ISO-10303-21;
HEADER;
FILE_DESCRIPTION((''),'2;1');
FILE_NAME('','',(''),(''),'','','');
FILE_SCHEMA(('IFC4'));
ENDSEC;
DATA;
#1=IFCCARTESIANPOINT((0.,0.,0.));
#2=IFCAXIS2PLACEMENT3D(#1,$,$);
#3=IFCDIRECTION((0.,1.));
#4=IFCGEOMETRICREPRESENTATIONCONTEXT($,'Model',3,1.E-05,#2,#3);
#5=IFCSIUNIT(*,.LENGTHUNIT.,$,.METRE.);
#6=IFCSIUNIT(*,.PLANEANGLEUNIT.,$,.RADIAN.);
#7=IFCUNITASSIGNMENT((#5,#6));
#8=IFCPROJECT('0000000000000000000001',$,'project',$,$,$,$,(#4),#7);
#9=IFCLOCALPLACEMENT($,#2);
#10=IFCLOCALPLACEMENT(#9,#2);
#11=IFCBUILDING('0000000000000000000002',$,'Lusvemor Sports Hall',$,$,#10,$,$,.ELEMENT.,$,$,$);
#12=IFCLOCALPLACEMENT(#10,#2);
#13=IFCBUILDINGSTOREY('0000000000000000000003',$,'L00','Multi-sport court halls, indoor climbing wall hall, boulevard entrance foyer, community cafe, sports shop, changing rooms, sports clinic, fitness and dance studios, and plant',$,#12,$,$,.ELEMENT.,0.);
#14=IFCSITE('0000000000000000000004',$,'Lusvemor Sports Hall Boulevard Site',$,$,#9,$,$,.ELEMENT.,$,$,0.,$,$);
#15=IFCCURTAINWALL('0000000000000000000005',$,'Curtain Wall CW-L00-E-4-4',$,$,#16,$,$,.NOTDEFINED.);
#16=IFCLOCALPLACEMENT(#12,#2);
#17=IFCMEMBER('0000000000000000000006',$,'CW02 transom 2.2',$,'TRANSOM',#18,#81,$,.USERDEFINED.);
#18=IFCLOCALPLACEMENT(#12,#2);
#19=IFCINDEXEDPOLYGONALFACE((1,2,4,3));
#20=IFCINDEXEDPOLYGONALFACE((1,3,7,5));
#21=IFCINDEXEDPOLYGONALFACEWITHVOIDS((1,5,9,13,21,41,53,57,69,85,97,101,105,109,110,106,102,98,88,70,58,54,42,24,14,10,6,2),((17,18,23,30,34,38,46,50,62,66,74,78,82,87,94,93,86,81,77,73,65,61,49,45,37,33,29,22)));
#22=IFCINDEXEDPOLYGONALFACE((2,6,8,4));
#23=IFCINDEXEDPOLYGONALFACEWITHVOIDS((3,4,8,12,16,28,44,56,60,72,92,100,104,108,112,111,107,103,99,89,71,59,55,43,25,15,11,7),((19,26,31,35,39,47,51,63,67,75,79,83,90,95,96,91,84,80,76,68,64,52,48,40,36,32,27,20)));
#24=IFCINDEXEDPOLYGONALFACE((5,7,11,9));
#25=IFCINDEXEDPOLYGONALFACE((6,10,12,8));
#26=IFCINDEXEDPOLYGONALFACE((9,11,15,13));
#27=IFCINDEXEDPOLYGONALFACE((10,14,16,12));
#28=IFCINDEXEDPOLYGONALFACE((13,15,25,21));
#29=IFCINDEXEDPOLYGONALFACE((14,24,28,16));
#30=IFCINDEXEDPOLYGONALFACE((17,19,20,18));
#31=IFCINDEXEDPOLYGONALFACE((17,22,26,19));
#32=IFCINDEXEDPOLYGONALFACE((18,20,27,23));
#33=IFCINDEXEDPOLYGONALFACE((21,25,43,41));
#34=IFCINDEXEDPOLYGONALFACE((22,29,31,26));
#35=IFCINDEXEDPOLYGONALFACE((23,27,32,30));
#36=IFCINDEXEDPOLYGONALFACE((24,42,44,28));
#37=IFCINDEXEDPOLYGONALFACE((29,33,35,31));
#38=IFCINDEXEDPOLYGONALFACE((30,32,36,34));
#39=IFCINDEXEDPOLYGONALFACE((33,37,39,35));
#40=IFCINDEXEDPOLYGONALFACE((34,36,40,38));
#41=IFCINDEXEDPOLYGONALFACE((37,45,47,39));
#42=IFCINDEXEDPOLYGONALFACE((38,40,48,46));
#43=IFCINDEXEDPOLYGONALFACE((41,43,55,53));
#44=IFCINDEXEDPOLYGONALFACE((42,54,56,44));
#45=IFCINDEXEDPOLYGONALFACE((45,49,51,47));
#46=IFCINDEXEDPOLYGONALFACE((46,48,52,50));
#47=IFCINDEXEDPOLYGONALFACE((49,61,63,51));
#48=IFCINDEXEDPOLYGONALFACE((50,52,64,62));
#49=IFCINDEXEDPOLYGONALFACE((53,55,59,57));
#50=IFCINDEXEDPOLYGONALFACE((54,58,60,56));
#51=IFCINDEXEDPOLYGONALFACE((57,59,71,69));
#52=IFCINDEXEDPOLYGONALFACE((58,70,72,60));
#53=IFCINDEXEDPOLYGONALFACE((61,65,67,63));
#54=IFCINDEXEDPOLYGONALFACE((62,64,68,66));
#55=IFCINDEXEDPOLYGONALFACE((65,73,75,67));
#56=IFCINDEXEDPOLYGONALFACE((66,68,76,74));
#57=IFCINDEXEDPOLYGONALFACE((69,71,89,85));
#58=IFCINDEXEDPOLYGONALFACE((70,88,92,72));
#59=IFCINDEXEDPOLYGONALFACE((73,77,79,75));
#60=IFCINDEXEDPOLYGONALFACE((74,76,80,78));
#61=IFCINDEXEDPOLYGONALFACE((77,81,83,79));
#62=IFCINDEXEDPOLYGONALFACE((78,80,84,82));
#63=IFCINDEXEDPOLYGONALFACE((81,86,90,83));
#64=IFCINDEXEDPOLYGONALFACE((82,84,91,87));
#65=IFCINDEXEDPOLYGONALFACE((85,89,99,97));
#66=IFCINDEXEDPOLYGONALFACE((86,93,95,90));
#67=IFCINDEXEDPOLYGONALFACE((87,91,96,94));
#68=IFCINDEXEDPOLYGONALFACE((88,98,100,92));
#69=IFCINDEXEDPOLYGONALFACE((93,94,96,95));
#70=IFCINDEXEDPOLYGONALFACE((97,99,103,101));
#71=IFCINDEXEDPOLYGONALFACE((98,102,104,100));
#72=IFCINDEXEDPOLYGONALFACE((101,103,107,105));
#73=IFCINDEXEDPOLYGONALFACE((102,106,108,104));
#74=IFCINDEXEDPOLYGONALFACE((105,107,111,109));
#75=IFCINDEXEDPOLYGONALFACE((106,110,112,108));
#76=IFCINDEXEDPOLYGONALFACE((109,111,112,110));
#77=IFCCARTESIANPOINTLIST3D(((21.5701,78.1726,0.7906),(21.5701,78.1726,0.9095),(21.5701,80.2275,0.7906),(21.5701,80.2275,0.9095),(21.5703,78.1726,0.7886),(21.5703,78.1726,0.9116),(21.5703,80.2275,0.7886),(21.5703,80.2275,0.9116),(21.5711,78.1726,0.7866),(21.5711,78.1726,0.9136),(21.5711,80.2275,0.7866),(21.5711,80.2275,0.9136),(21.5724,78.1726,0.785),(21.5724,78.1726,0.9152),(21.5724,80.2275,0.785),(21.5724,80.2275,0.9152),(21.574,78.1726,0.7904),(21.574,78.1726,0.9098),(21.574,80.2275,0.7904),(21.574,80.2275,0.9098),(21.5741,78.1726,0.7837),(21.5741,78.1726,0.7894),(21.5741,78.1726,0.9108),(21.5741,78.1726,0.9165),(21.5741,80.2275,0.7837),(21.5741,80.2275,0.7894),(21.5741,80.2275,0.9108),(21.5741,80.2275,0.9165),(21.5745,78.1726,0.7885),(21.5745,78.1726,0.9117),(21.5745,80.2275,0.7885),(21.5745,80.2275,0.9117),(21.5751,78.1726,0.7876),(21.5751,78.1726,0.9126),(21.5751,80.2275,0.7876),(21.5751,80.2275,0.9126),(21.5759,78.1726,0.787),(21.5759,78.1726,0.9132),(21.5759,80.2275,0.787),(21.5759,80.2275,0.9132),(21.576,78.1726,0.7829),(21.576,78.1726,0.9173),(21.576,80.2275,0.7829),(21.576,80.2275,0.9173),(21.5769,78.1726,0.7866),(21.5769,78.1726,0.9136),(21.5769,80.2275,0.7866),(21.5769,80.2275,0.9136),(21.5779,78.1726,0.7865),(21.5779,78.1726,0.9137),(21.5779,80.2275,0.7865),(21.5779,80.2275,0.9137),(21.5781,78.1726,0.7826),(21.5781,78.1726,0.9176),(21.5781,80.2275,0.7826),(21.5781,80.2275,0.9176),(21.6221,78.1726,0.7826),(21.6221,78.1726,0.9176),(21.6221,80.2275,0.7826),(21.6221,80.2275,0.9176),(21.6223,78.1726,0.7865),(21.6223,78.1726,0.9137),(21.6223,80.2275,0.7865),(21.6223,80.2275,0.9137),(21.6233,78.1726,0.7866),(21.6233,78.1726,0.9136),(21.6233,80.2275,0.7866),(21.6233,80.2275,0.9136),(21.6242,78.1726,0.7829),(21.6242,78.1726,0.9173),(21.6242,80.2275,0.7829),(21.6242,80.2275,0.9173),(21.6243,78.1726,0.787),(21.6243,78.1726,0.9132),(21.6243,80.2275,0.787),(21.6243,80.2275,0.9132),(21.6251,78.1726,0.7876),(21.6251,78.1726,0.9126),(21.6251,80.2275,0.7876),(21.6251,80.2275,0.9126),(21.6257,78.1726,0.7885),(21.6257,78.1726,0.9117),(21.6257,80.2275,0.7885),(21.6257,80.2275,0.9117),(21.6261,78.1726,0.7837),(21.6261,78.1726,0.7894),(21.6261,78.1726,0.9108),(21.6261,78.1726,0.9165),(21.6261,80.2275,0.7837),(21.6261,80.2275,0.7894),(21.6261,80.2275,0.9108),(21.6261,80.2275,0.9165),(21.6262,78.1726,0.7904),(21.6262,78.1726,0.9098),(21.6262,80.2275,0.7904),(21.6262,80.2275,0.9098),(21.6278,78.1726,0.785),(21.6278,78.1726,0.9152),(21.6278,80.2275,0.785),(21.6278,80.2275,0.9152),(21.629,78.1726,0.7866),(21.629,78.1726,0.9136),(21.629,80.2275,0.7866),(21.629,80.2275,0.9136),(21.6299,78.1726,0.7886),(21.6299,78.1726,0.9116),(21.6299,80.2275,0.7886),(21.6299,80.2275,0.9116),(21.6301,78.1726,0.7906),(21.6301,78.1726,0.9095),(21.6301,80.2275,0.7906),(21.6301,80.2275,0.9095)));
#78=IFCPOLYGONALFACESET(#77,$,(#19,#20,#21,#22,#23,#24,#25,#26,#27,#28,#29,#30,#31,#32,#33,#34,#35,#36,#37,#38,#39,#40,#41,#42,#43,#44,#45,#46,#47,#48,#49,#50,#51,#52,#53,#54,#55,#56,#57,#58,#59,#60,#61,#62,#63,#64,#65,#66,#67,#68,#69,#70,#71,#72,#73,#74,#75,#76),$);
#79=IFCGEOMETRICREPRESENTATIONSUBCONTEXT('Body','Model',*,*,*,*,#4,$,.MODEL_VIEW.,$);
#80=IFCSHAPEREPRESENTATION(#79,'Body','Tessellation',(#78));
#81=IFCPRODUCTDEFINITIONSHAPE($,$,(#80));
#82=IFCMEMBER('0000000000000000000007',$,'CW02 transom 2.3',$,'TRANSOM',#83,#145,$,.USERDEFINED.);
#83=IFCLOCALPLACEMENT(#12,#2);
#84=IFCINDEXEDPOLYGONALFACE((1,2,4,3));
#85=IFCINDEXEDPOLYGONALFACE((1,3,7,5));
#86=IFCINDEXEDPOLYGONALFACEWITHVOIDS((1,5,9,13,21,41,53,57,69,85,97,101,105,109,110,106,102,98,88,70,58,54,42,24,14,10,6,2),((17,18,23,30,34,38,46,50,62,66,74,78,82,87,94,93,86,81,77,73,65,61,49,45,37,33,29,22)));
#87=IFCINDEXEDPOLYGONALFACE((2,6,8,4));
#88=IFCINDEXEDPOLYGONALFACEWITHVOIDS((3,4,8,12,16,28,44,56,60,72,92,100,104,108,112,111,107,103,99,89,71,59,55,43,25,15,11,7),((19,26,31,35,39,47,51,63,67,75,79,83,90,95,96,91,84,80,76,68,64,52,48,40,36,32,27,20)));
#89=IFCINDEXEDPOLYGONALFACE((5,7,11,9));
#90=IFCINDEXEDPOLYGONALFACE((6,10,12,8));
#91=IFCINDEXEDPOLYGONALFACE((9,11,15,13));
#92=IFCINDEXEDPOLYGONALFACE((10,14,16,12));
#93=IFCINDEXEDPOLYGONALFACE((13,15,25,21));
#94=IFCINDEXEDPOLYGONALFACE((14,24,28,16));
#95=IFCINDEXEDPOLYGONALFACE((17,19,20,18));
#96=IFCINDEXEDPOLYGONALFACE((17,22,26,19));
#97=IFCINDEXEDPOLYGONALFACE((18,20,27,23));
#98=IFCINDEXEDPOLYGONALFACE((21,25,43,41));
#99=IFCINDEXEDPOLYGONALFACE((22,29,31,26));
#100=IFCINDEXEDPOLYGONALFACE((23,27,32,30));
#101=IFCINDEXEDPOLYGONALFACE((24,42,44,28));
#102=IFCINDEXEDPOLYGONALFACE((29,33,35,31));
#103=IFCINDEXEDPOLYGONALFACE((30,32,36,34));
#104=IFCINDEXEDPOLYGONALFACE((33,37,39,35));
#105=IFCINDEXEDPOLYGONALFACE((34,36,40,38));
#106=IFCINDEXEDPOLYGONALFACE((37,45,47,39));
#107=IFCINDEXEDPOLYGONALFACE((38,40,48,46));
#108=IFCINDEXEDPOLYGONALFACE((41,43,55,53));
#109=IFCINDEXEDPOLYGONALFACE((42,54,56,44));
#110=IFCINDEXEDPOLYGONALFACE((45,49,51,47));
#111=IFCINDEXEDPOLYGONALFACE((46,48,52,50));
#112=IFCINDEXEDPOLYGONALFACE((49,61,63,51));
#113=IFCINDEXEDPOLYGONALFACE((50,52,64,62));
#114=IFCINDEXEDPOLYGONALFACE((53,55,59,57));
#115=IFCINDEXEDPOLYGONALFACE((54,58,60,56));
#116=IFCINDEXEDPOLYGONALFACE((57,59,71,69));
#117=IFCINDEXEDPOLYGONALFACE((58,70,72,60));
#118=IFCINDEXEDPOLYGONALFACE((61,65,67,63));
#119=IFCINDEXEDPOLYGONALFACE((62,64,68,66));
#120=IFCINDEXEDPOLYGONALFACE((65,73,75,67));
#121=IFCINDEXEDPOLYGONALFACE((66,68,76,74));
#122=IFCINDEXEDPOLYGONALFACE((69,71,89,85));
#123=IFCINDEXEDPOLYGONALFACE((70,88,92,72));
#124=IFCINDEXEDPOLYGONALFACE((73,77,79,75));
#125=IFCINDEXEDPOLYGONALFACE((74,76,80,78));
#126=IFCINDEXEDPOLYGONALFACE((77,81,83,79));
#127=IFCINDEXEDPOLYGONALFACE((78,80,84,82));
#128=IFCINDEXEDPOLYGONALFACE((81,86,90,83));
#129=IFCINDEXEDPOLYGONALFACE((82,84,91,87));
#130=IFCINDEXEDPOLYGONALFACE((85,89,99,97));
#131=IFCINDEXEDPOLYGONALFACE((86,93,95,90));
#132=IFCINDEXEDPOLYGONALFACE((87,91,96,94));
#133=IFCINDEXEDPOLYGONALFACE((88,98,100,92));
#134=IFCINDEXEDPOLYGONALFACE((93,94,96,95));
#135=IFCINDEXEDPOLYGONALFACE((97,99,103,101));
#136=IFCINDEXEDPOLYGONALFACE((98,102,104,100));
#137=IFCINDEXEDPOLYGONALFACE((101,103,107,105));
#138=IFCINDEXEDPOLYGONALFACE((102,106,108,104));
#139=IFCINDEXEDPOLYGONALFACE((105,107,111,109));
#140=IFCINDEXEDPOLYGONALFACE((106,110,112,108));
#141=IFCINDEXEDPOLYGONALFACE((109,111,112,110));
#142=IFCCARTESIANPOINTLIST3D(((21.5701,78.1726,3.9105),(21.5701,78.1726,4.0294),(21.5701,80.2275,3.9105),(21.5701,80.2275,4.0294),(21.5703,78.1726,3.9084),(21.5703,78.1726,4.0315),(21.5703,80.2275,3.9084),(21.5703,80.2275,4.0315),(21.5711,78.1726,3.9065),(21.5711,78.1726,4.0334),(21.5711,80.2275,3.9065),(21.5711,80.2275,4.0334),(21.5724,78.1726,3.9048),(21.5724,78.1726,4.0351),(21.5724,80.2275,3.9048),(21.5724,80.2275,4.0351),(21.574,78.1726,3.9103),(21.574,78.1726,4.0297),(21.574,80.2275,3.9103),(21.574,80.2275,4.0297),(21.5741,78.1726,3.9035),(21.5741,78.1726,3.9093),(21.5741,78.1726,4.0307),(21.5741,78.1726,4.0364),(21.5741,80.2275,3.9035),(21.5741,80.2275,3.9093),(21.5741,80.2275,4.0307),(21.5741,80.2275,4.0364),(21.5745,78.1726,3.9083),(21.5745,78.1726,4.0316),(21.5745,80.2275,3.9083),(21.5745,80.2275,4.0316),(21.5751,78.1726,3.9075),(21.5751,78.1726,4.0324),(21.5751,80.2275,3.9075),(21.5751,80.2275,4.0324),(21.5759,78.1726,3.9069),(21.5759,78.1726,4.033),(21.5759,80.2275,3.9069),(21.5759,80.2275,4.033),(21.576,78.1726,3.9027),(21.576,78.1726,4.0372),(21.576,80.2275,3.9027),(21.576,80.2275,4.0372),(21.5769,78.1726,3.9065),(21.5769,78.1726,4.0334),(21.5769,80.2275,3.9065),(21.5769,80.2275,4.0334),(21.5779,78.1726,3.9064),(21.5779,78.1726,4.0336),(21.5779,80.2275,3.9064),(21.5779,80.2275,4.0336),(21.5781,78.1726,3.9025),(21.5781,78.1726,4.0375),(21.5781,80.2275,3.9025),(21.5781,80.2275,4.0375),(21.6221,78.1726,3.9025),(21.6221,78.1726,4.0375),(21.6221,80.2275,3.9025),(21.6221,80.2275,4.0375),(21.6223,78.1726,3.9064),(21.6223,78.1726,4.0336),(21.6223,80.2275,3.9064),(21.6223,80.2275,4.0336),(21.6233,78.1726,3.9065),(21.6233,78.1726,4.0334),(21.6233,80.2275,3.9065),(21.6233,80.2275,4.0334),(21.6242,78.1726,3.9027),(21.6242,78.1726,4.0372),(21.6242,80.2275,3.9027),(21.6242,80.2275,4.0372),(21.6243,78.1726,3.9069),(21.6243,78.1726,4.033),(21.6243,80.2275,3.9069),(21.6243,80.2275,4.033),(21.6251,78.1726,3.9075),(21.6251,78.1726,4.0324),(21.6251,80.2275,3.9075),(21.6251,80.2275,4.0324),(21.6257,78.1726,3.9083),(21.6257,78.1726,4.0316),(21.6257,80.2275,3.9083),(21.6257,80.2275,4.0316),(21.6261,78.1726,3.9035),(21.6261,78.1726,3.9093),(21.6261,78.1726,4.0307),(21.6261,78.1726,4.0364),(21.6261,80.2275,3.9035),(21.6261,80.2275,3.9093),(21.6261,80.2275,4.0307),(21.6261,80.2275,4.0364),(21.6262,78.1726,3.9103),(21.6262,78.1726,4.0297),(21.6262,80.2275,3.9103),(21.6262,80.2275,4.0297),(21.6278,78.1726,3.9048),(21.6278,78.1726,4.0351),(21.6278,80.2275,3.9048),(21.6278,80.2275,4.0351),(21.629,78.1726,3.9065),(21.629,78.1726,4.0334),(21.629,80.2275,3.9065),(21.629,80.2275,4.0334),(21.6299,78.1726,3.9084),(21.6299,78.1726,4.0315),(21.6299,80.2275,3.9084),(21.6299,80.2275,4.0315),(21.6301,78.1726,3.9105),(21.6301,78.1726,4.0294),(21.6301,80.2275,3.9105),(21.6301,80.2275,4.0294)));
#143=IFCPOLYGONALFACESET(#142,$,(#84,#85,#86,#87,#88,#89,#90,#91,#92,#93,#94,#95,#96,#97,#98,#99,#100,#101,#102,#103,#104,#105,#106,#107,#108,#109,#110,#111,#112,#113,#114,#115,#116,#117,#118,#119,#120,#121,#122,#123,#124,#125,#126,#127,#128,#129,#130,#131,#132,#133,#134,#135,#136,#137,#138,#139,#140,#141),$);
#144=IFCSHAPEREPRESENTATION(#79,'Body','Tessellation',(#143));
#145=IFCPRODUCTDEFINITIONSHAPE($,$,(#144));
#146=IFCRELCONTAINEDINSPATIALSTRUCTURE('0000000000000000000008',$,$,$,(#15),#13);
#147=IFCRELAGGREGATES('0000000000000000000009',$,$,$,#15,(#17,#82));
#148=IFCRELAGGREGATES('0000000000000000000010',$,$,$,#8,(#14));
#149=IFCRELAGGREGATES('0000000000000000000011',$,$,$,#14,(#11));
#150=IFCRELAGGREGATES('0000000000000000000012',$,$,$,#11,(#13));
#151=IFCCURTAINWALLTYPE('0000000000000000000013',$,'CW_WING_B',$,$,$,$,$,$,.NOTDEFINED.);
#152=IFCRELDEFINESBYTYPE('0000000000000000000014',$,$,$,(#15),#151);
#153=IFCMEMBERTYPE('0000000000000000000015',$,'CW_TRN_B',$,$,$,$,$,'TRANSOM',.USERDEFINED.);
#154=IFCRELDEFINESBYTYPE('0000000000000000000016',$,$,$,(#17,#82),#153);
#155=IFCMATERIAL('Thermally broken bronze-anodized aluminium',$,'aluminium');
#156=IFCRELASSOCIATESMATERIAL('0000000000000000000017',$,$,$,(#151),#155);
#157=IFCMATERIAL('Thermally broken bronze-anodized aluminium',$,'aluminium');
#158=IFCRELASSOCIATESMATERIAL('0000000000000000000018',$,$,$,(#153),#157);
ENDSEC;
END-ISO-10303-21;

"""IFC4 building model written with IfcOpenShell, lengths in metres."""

from ifc_helpers import new_model, si_unit, direction, frame, origin, origin_2d, place, context, subcontext, project, spatial, hollow_rectangle, extrude, material, material_profile, profile_set, type_object, element, aggregate, save


model = new_model("IFC4")

# Units and contexts
model_context = context("Model", 3, precision=1e-05, world=origin(), true_north=direction((0.0, 1.0)))
body_context = subcontext(model_context, "Body", "Model", "MODEL_VIEW")
ifc_project = project(units=[si_unit("LENGTHUNIT", "METRE"), si_unit("PLANEANGLEUNIT", "RADIAN")], contexts=[model_context])

# Site, building, storey
site_placement = place(None, origin())
site = spatial("IfcSite", under=ifc_project, at=site_placement, Name="Lusvemor Sports Hall Boulevard Site", CompositionType="ELEMENT", RefElevation=0.0)
building_placement = place(site_placement, origin())
building = spatial("IfcBuilding", under=site, at=building_placement, Name="Lusvemor Sports Hall", CompositionType="ELEMENT")
storey_placement = place(building_placement, origin())
storey = spatial("IfcBuildingStorey", under=building, at=storey_placement, Name="L00", Description="Multi-sport court halls, indoor climbing wall hall, boulevard entrance foyer, community cafe, sports shop, changing rooms, sports clinic, fitness and dance studios, and plant", CompositionType="ELEMENT", Elevation=0.0)

# Curtain wall, members
ifc_material_1 = material(Name="Thermally broken bronze-anodized aluminium", Category="aluminium")
curtain_wall_type = type_object("IfcCurtainWallType", Name="CW_WING_B", PredefinedType="NOTDEFINED", material=ifc_material_1)
curtain_wall_placement = place(storey_placement, origin())
curtain_wall = element("IfcCurtainWall", 1, at=curtain_wall_placement, inside=storey, type_object=curtain_wall_type, Name="Curtain Wall CW-L00-E-4-4", PredefinedType="NOTDEFINED")
ifc_material_2 = material(Name="Thermally broken bronze-anodized aluminium", Category="aluminium")
ifc_material_profile_1 = material_profile(ifc_material_2, hollow_rectangle(XDim=0.0601, YDim=0.135, WallThickness=0.0039, InnerFilletRadius=0.0039, OuterFilletRadius=0.0081, at=origin_2d()), Name="CWTRN135x60x4")
ifc_profile_set_1 = profile_set([ifc_material_profile_1], Name="Thermally broken bronze-anodized aluminium")
member_type_1 = type_object("IfcMemberType", Name="CW_TRN_B", ElementType="TRANSOM", PredefinedType="USERDEFINED", material=ifc_profile_set_1)
member_1_placement = place(storey_placement, frame((21.6001, 80.2275, 0.8501), z_axis=(0.0, -1.0, 0.0), x_axis=(1.0, 0.0, 0.0)))
member_1 = element("IfcMember", 2, at=member_1_placement, type_object=member_type_1, Name="CW02 transom 2.2", ObjectType="TRANSOM", PredefinedType="USERDEFINED", context=body_context, shape_type="SweptSolid", body=[
    extrude(hollow_rectangle(XDim=0.0601, YDim=0.135, WallThickness=0.0039, InnerFilletRadius=0.0039, OuterFilletRadius=0.0081, at=origin_2d()), origin(), (0.0, 0.0, 1.0), 2.0549),
])
member_2_placement = place(storey_placement, frame((21.6001, 80.2275, 3.97), z_axis=(0.0, -1.0, 0.0), x_axis=(1.0, 0.0, 0.0)))
member_2 = element("IfcMember", 3, at=member_2_placement, type_object=member_type_1, Name="CW02 transom 2.3", ObjectType="TRANSOM", PredefinedType="USERDEFINED", context=body_context, shape_type="SweptSolid", body=[
    extrude(hollow_rectangle(XDim=0.0601, YDim=0.135, WallThickness=0.0039, InnerFilletRadius=0.0039, OuterFilletRadius=0.0081, at=origin_2d()), origin(), (0.0, 0.0, 1.0), 2.0549),
])
aggregate(curtain_wall, [member_1, member_2])

save(model, "model.ifc")
